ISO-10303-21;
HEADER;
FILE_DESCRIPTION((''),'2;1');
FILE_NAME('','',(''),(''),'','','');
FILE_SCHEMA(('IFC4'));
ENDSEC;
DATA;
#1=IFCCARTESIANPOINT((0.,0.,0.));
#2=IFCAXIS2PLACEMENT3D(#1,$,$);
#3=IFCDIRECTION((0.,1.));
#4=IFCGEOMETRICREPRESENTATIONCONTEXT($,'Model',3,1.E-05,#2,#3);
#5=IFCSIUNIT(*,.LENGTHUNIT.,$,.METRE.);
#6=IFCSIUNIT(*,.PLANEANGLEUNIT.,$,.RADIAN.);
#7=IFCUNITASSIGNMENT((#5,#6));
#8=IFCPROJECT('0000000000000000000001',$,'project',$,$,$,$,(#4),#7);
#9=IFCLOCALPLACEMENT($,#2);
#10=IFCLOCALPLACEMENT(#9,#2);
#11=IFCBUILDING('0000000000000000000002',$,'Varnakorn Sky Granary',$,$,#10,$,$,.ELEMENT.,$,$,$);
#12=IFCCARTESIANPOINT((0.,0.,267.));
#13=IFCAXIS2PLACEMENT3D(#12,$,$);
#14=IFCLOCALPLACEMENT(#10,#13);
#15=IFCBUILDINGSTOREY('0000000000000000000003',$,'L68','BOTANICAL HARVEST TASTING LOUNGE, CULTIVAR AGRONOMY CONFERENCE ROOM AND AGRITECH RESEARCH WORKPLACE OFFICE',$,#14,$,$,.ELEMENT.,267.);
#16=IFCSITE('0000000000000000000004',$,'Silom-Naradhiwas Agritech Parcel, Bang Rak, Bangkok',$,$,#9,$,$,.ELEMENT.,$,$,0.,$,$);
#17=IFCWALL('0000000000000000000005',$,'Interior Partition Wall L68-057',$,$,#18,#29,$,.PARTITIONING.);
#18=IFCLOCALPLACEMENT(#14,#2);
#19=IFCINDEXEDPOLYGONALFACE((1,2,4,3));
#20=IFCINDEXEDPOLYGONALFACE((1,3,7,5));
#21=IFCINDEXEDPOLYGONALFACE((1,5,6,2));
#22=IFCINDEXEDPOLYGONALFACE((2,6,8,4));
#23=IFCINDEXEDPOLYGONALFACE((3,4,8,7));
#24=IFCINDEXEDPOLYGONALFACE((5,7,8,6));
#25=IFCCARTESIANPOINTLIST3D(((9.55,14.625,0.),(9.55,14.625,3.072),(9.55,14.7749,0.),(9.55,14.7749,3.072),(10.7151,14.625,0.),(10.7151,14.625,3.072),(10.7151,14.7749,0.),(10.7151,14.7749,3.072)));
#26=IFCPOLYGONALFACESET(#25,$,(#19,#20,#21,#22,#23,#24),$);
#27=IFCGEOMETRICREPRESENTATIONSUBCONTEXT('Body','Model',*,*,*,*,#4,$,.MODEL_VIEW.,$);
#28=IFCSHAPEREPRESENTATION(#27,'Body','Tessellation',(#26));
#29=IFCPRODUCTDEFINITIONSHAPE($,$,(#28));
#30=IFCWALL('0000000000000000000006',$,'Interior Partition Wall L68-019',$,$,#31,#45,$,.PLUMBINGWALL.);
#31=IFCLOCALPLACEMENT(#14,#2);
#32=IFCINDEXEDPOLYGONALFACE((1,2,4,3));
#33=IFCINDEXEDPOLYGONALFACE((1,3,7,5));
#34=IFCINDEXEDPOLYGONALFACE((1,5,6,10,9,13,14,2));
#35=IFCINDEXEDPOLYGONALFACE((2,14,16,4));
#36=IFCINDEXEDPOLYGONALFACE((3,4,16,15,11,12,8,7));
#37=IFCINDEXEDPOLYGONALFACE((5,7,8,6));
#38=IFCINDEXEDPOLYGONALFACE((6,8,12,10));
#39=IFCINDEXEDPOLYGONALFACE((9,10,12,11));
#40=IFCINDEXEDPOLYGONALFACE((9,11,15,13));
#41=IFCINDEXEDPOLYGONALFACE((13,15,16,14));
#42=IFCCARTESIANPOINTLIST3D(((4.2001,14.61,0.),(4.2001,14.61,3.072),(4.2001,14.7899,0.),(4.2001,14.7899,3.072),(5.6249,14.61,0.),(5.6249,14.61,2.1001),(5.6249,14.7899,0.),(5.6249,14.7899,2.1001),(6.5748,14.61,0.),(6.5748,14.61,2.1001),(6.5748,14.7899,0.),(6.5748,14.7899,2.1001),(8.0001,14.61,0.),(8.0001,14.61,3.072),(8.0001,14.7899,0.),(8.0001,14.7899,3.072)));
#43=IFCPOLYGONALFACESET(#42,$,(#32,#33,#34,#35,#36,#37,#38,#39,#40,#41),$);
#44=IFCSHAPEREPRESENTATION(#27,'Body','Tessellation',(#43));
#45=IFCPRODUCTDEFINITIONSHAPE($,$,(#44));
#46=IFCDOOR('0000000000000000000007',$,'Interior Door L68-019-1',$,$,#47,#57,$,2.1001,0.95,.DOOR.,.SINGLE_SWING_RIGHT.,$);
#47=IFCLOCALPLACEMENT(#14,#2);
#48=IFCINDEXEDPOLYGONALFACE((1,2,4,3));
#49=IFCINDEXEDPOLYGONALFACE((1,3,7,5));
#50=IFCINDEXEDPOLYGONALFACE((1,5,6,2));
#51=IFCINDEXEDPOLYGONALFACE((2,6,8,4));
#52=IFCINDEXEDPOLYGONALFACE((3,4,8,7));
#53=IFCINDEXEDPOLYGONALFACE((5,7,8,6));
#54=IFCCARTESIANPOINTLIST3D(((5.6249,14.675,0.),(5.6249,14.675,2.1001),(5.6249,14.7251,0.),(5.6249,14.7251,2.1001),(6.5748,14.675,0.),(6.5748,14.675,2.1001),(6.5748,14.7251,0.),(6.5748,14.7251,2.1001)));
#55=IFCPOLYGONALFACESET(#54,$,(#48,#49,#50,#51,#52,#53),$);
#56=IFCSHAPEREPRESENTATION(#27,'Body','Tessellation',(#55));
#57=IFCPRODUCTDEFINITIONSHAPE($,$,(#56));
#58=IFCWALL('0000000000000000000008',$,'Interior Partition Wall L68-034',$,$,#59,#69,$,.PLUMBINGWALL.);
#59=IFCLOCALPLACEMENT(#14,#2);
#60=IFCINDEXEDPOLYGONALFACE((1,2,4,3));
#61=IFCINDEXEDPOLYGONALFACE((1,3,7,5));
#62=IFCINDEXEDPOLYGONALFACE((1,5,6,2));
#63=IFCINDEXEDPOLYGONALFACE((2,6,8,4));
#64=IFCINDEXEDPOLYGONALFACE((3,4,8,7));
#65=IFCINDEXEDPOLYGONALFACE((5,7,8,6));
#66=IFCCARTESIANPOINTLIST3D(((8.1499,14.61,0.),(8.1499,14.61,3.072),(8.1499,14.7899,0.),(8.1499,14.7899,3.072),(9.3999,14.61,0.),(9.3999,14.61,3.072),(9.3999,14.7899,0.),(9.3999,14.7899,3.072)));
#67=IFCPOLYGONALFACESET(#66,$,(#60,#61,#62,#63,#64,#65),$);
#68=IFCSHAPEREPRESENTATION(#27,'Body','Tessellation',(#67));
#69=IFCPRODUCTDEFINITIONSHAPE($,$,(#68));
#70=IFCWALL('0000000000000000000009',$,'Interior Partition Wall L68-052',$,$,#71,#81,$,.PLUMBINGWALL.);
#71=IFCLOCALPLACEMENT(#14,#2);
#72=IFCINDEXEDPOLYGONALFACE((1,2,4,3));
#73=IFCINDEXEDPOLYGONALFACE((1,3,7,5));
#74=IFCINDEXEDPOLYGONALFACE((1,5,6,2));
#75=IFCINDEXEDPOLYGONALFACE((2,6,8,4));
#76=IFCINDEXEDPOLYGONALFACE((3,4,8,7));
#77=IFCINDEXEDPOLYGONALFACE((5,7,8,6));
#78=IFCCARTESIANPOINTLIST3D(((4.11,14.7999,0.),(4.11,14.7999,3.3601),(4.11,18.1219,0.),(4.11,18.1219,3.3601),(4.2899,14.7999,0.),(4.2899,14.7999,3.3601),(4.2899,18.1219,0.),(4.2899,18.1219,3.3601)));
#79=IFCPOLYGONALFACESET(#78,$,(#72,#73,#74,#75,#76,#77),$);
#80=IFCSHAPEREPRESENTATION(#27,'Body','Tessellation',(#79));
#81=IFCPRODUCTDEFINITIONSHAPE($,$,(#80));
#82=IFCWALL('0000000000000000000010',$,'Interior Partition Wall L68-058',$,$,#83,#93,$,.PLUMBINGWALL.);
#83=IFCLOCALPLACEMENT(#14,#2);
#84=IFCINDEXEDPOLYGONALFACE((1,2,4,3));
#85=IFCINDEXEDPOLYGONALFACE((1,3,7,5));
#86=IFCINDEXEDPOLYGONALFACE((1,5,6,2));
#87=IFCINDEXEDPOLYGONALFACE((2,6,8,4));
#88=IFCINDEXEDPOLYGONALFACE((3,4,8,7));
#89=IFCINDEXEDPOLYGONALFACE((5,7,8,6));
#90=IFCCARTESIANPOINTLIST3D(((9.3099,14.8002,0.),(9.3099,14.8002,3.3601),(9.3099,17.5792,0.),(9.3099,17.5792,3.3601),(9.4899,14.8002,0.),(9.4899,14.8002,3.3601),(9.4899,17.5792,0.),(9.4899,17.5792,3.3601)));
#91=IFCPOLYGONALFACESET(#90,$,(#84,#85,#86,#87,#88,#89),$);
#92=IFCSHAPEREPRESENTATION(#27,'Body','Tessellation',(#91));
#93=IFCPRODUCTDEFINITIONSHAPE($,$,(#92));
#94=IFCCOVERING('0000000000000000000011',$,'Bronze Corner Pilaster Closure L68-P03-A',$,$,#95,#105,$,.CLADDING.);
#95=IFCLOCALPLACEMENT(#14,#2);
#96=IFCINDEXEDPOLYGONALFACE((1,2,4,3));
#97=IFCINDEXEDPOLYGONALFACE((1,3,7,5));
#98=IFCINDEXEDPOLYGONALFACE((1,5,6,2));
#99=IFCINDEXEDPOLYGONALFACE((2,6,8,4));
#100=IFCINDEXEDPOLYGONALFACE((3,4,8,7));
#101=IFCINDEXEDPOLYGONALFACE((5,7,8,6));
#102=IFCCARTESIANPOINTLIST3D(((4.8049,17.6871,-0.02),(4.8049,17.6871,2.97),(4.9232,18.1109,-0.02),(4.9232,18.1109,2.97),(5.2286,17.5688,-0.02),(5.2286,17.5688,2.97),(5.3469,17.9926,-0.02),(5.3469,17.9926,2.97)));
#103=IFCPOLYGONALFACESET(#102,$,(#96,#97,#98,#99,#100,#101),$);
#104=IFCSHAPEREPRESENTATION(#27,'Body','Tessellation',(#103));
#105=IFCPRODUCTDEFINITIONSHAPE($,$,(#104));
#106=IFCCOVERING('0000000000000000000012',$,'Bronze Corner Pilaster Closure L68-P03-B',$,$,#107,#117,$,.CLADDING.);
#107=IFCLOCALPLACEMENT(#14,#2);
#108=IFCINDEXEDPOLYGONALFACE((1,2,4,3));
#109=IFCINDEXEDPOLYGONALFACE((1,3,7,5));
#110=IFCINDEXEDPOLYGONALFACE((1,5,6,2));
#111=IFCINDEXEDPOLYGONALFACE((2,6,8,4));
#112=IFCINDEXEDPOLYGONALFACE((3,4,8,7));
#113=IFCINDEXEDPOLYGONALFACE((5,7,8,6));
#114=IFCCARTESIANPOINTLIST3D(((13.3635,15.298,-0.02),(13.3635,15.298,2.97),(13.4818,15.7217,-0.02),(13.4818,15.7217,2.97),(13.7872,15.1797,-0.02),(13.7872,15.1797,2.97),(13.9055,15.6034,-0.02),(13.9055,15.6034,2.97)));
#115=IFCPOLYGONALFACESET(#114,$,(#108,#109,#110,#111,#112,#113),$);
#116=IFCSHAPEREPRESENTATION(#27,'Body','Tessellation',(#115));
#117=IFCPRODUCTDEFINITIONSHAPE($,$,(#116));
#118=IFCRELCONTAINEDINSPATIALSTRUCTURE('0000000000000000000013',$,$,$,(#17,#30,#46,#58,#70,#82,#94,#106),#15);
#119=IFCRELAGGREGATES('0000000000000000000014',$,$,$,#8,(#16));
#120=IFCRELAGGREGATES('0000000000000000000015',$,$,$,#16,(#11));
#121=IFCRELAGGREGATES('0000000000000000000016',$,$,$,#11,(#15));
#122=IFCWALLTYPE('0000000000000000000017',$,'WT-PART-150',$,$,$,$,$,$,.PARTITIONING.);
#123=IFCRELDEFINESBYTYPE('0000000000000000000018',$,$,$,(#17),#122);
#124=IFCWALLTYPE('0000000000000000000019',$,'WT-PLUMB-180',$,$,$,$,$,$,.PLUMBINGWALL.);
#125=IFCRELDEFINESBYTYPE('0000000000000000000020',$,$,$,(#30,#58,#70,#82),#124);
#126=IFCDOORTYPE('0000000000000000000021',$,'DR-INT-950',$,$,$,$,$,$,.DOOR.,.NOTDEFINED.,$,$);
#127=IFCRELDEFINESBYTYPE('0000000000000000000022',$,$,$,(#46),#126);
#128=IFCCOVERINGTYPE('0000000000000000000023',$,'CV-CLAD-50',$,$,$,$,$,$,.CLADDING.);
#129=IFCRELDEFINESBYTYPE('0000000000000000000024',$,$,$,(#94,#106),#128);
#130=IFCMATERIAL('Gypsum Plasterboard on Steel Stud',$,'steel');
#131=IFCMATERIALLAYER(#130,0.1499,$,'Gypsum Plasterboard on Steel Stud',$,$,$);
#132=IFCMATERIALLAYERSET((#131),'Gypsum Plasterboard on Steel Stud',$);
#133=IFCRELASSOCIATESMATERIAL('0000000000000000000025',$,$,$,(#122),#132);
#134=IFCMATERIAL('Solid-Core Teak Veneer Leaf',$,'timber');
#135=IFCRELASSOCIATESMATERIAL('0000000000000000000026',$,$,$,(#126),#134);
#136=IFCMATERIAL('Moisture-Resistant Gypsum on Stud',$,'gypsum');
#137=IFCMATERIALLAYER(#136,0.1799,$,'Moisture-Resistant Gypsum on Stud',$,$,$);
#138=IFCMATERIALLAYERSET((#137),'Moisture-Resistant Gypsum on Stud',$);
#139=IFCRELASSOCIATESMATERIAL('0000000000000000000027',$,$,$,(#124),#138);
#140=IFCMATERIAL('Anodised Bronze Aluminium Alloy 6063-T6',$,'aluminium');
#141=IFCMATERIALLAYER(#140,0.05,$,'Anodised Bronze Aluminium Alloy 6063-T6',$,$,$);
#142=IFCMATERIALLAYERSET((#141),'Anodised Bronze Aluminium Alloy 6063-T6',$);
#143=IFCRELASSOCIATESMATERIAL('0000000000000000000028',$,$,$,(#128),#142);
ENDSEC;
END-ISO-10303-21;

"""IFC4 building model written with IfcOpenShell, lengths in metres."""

from ifc_helpers import new_model, si_unit, direction, frame, frame_2d, origin, origin_2d, place, context, subcontext, project, spatial, rectangle, extrude, source, transform, mapped, material, layer, layer_set, type_object, type_shapes, element, fill, save


model = new_model("IFC4")

# Units and contexts
model_context = context("Model", 3, precision=1e-05, world=origin(), true_north=direction((0.0, 1.0)))
body_context = subcontext(model_context, "Body", "Model", "MODEL_VIEW")
ifc_project = project(units=[si_unit("LENGTHUNIT", "METRE"), si_unit("PLANEANGLEUNIT", "RADIAN")], contexts=[model_context])

# Site, building, storey
site_placement = place(None, origin())
site = spatial("IfcSite", under=ifc_project, at=site_placement, Name="Silom-Naradhiwas Agritech Parcel, Bang Rak, Bangkok", CompositionType="ELEMENT", RefElevation=0.0)
building_placement = place(site_placement, origin())
building = spatial("IfcBuilding", under=site, at=building_placement, Name="Varnakorn Sky Granary", CompositionType="ELEMENT")
storey_placement = place(building_placement, frame((0.0, 0.0, 267.0)))
storey = spatial("IfcBuildingStorey", under=building, at=storey_placement, Name="L68", Description="BOTANICAL HARVEST TASTING LOUNGE, CULTIVAR AGRONOMY CONFERENCE ROOM AND AGRITECH RESEARCH WORKPLACE OFFICE", CompositionType="ELEMENT", Elevation=267.0)

# Shared definitions
ifc_material_1 = material(Name="Anodised Bronze Aluminium Alloy 6063-T6", Category="aluminium")

# Shared definitions
ifc_material_2 = material(Name="Gypsum Plasterboard on Steel Stud", Category="steel")
ifc_layer_1 = layer(ifc_material_2, 0.1499, Name="Gypsum Plasterboard on Steel Stud")
ifc_layer_set_1 = layer_set([ifc_layer_1], Name="Gypsum Plasterboard on Steel Stud")
wall_type_1 = type_object("IfcWallType", Name="WT-PART-150", PredefinedType="PARTITIONING", material=ifc_layer_set_1)
ifc_material_3 = material(Name="Solid-Core Teak Veneer Leaf", Category="timber")
door_type = type_object("IfcDoorType", Name="DR-INT-950", OperationType="NOTDEFINED", PredefinedType="DOOR", material=ifc_material_3)

# Wall
wall_1_placement = place(storey_placement, frame((10.7151, 14.7, 0.0), z_axis=(0.0, 0.0, 1.0), x_axis=(-1.0, 0.0, 0.0)))
element("IfcWall", 1, at=wall_1_placement, inside=storey, type_object=wall_type_1, Name="Interior Partition Wall L68-057", PredefinedType="PARTITIONING", context=body_context, shape_type="SweptSolid", body=[
    extrude(rectangle(XDim=1.165, YDim=0.1499, at=frame_2d((0.5825, 0.0))), origin(), (0.0, 0.0, 1.0), 3.072),
])

# Wall, opening, door
ifc_material_4 = material(Name="Moisture-Resistant Gypsum on Stud", Category="gypsum")
ifc_layer_2 = layer(ifc_material_4, 0.1799, Name="Moisture-Resistant Gypsum on Stud")
ifc_layer_set_2 = layer_set([ifc_layer_2], Name="Moisture-Resistant Gypsum on Stud")
wall_type_2 = type_object("IfcWallType", Name="WT-PLUMB-180", PredefinedType="PLUMBINGWALL", material=ifc_layer_set_2)
wall_2_placement = place(storey_placement, frame((8.0, 14.7, 0.0), z_axis=(0.0, 0.0, 1.0), x_axis=(-1.0, 0.0, 0.0)))
wall_2 = element("IfcWall", 2, at=wall_2_placement, inside=storey, type_object=wall_type_2, Name="Interior Partition Wall L68-019", PredefinedType="PLUMBINGWALL", context=body_context, shape_type="SweptSolid", body=[
    extrude(rectangle(XDim=3.8, YDim=0.1799, at=frame_2d((1.8999, 0.0))), origin(), (0.0, 0.0, 1.0), 3.072),
])
opening_1_placement = place(wall_2_placement, frame((1.425, 0.0, 0.0)))
opening_1 = element("IfcOpeningElement", 3, at=opening_1_placement, cuts=wall_2, PredefinedType="OPENING", context=body_context, shape_type="SweptSolid", body=[
    extrude(rectangle(XDim=0.95, YDim=2.1001, at=frame_2d((0.4751, 1.05))), frame((0.0, 0.1001, 0.0), z_axis=(0.0, -1.0, 0.0), x_axis=(1.0, 0.0, 0.0)), (0.0, 0.0, 1.0), 0.2),
])
door_1_placement = place(opening_1_placement, origin())
door_1 = element("IfcDoor", 4, at=door_1_placement, inside=storey, type_object=door_type, Name="Interior Door L68-019-1", OperationType="SINGLE_SWING_RIGHT", OverallHeight=2.1001, OverallWidth=0.95, PredefinedType="DOOR", context=body_context, shape_type="SweptSolid", body=[
    extrude(rectangle(XDim=0.95, YDim=2.1001, at=frame_2d((0.4751, 1.05))), frame((0.0, 0.0249, 0.0), z_axis=(0.0, -1.0, 0.0), x_axis=(1.0, 0.0, 0.0)), (0.0, 0.0, 1.0), 0.05),
])
fill(opening_1, door_1)

# Walls
wall_3_placement = place(storey_placement, frame((9.3999, 14.7, 0.0), z_axis=(0.0, 0.0, 1.0), x_axis=(-1.0, 0.0, 0.0)))
element("IfcWall", 5, at=wall_3_placement, inside=storey, type_object=wall_type_2, Name="Interior Partition Wall L68-034", PredefinedType="PLUMBINGWALL", context=body_context, shape_type="SweptSolid", body=[
    extrude(rectangle(XDim=1.25, YDim=0.1799, at=frame_2d((0.625, 0.0))), origin(), (0.0, 0.0, 1.0), 3.072),
])
wall_4_placement = place(storey_placement, frame((4.2, 18.1221, 0.0), z_axis=(0.0, 0.0, 1.0), x_axis=(0.0, -1.0, 0.0)))
element("IfcWall", 6, at=wall_4_placement, inside=storey, type_object=wall_type_2, Name="Interior Partition Wall L68-052", PredefinedType="PLUMBINGWALL", context=body_context, shape_type="SweptSolid", body=[
    extrude(rectangle(XDim=3.322, YDim=0.1799, at=frame_2d((1.6611, 0.0))), origin(), (0.0, 0.0, 1.0), 3.3601),
])
wall_5_placement = place(storey_placement, frame((9.3999, 14.8, 0.0), z_axis=(0.0, 0.0, 1.0), x_axis=(0.0, 1.0, 0.0)))
element("IfcWall", 7, at=wall_5_placement, inside=storey, type_object=wall_type_2, Name="Interior Partition Wall L68-058", PredefinedType="PLUMBINGWALL", context=body_context, shape_type="SweptSolid", body=[
    extrude(rectangle(XDim=2.7791, YDim=0.1799, at=frame_2d((1.3896, 0.0))), origin(), (0.0, 0.0, 1.0), 3.3601),
])

# Coverings
ifc_layer_3 = layer(ifc_material_1, 0.05, Name="Anodised Bronze Aluminium Alloy 6063-T6")
ifc_layer_set_3 = layer_set([ifc_layer_3], Name="Anodised Bronze Aluminium Alloy 6063-T6")
covering_type = type_object("IfcCoveringType", Name="CV-CLAD-50", PredefinedType="CLADDING", material=ifc_layer_set_3)
shared_shape = source(origin(), body_context, "Body", "SweptSolid", [
    extrude(rectangle(XDim=0.4399, YDim=0.4399, at=origin_2d()), origin(), (0.0, 0.0, 1.0), 2.99),
])
type_shapes(covering_type, [shared_shape])
for number, where, z_axis, x_axis, name in (
    (8, (5.0759, 17.8398, -0.02), (0.0, 0.0, 1.0), (0.963163, -0.26892, 0.0), "Bronze Corner Pilaster Closure L68-P03-A"),
    (9, (13.6345, 15.4507, -0.02), (0.0, 0.0, 1.0), (0.963163, -0.26892, 0.0), "Bronze Corner Pilaster Closure L68-P03-B"),
):
    element("IfcCovering", number, at=place(storey_placement, frame(where, z_axis=z_axis, x_axis=x_axis)), inside=storey, type_object=covering_type, Name=name, PredefinedType="CLADDING", context=body_context, shape_type="MappedRepresentation", body=[
        mapped(shared_shape, transform((0.0, 0.0, 0.0), x_axis=(1.0, 0.0, 0.0), y_axis=(0.0, 1.0, 0.0), z_axis=(0.0, 0.0, 1.0), scale=1.0)),
    ])

save(model, "model.ifc")
